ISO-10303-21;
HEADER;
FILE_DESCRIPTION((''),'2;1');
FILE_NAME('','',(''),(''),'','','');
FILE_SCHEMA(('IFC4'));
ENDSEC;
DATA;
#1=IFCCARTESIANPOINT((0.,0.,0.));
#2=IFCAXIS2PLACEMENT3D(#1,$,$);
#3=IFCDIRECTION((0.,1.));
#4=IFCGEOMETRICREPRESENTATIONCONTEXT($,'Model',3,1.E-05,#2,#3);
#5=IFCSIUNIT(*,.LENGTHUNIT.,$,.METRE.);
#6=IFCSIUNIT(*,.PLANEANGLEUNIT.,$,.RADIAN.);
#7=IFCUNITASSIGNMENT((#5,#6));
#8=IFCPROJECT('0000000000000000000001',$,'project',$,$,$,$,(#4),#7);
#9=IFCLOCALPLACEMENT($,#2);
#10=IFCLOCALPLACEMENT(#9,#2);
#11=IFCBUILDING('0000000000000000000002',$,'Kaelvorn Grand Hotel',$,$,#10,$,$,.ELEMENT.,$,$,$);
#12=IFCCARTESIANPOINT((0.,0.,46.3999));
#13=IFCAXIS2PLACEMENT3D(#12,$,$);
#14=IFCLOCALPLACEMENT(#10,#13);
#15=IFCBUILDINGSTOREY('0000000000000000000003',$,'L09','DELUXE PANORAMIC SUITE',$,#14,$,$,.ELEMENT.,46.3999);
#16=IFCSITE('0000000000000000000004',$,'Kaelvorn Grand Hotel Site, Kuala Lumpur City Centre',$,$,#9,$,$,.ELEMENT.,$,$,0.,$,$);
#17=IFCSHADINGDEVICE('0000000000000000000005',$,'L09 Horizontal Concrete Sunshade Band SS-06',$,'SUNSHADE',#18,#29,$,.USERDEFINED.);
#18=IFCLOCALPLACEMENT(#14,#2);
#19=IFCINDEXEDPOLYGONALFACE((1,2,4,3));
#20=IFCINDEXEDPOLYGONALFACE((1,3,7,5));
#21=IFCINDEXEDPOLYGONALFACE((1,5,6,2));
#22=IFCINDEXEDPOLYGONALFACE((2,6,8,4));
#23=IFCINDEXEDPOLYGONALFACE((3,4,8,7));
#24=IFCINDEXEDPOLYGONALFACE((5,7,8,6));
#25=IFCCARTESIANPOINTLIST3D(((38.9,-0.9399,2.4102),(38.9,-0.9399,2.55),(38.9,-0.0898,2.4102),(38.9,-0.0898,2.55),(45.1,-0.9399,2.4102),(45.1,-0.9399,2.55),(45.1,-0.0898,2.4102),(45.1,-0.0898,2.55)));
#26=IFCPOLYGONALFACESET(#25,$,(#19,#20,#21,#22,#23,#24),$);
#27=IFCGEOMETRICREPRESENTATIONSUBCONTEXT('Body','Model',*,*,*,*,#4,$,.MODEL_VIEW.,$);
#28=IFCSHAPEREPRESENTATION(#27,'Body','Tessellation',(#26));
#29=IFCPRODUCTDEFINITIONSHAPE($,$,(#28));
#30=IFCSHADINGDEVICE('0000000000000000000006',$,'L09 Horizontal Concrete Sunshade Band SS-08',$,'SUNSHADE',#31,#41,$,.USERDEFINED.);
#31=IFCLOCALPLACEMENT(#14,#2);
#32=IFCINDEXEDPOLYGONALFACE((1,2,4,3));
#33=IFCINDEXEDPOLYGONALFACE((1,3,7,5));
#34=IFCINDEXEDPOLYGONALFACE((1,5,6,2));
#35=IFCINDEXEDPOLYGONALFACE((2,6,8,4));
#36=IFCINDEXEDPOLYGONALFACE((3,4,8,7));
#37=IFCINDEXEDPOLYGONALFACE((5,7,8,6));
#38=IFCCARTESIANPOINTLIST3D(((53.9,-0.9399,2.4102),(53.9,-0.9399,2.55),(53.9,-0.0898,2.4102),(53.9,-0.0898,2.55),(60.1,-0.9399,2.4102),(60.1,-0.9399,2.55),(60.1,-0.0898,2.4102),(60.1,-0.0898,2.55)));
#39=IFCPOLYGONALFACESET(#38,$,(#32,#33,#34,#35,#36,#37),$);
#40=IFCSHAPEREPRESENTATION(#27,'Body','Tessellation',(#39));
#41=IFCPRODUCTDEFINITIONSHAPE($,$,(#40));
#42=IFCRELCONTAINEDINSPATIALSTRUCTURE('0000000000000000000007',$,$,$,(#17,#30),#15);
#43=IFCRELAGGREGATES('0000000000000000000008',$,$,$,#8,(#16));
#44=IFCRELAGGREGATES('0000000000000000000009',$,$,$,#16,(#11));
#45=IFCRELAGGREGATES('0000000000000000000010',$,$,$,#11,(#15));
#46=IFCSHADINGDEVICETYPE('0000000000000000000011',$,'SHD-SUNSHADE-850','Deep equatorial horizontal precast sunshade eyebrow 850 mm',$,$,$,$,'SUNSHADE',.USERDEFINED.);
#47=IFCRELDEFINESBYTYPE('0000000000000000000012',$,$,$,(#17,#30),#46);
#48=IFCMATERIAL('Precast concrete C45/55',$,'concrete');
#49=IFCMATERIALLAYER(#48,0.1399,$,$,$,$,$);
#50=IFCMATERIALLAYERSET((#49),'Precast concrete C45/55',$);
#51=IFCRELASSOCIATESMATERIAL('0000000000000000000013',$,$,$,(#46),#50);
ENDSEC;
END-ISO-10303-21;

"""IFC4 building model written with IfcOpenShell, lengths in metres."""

from ifc_helpers import new_model, si_unit, direction, frame, origin, origin_2d, place, context, subcontext, project, spatial, rectangle, extrude, material, layer, layer_set, type_object, element, save


model = new_model("IFC4")

# Units and contexts
model_context = context("Model", 3, precision=1e-05, world=origin(), true_north=direction((0.0, 1.0)))
body_context = subcontext(model_context, "Body", "Model", "MODEL_VIEW")
ifc_project = project(units=[si_unit("LENGTHUNIT", "METRE"), si_unit("PLANEANGLEUNIT", "RADIAN")], contexts=[model_context])

# Site, building, storey
site_placement = place(None, origin())
site = spatial("IfcSite", under=ifc_project, at=site_placement, Name="Kaelvorn Grand Hotel Site, Kuala Lumpur City Centre", CompositionType="ELEMENT", RefElevation=0.0)
building_placement = place(site_placement, origin())
building = spatial("IfcBuilding", under=site, at=building_placement, Name="Kaelvorn Grand Hotel", CompositionType="ELEMENT")
storey_placement = place(building_placement, frame((0.0, 0.0, 46.3999)))
storey = spatial("IfcBuildingStorey", under=building, at=storey_placement, Name="L09", Description="DELUXE PANORAMIC SUITE", CompositionType="ELEMENT", Elevation=46.3999)

# Shading devices
ifc_material_1 = material(Name="Precast concrete C45/55", Category="concrete")
ifc_layer_1 = layer(ifc_material_1, 0.1399)
ifc_layer_set_1 = layer_set([ifc_layer_1], Name="Precast concrete C45/55")
shading_device_type_1 = type_object("IfcShadingDeviceType", Name="SHD-SUNSHADE-850", Description="Deep equatorial horizontal precast sunshade eyebrow 850 mm", ElementType="SUNSHADE", PredefinedType="USERDEFINED", material=ifc_layer_set_1)
for number, where, z_axis, x_axis, name in (
    (1, (42.0, -0.5149, 2.4102), (0.0, 0.0, 1.0), (1.0, 0.0, 0.0), "L09 Horizontal Concrete Sunshade Band SS-06"),
    (2, (57.0, -0.5149, 2.4102), (0.0, 0.0, 1.0), (1.0, 0.0, 0.0), "L09 Horizontal Concrete Sunshade Band SS-08"),
):
    element("IfcShadingDevice", number, at=place(storey_placement, frame(where, z_axis=z_axis, x_axis=x_axis)), inside=storey, type_object=shading_device_type_1, Name=name, ObjectType="SUNSHADE", PredefinedType="USERDEFINED", context=body_context, shape_type="SweptSolid", body=[
        extrude(rectangle(XDim=6.2, YDim=0.8501, at=origin_2d()), origin(), (0.0, 0.0, 1.0), 0.1399),
    ])

save(model, "model.ifc")
